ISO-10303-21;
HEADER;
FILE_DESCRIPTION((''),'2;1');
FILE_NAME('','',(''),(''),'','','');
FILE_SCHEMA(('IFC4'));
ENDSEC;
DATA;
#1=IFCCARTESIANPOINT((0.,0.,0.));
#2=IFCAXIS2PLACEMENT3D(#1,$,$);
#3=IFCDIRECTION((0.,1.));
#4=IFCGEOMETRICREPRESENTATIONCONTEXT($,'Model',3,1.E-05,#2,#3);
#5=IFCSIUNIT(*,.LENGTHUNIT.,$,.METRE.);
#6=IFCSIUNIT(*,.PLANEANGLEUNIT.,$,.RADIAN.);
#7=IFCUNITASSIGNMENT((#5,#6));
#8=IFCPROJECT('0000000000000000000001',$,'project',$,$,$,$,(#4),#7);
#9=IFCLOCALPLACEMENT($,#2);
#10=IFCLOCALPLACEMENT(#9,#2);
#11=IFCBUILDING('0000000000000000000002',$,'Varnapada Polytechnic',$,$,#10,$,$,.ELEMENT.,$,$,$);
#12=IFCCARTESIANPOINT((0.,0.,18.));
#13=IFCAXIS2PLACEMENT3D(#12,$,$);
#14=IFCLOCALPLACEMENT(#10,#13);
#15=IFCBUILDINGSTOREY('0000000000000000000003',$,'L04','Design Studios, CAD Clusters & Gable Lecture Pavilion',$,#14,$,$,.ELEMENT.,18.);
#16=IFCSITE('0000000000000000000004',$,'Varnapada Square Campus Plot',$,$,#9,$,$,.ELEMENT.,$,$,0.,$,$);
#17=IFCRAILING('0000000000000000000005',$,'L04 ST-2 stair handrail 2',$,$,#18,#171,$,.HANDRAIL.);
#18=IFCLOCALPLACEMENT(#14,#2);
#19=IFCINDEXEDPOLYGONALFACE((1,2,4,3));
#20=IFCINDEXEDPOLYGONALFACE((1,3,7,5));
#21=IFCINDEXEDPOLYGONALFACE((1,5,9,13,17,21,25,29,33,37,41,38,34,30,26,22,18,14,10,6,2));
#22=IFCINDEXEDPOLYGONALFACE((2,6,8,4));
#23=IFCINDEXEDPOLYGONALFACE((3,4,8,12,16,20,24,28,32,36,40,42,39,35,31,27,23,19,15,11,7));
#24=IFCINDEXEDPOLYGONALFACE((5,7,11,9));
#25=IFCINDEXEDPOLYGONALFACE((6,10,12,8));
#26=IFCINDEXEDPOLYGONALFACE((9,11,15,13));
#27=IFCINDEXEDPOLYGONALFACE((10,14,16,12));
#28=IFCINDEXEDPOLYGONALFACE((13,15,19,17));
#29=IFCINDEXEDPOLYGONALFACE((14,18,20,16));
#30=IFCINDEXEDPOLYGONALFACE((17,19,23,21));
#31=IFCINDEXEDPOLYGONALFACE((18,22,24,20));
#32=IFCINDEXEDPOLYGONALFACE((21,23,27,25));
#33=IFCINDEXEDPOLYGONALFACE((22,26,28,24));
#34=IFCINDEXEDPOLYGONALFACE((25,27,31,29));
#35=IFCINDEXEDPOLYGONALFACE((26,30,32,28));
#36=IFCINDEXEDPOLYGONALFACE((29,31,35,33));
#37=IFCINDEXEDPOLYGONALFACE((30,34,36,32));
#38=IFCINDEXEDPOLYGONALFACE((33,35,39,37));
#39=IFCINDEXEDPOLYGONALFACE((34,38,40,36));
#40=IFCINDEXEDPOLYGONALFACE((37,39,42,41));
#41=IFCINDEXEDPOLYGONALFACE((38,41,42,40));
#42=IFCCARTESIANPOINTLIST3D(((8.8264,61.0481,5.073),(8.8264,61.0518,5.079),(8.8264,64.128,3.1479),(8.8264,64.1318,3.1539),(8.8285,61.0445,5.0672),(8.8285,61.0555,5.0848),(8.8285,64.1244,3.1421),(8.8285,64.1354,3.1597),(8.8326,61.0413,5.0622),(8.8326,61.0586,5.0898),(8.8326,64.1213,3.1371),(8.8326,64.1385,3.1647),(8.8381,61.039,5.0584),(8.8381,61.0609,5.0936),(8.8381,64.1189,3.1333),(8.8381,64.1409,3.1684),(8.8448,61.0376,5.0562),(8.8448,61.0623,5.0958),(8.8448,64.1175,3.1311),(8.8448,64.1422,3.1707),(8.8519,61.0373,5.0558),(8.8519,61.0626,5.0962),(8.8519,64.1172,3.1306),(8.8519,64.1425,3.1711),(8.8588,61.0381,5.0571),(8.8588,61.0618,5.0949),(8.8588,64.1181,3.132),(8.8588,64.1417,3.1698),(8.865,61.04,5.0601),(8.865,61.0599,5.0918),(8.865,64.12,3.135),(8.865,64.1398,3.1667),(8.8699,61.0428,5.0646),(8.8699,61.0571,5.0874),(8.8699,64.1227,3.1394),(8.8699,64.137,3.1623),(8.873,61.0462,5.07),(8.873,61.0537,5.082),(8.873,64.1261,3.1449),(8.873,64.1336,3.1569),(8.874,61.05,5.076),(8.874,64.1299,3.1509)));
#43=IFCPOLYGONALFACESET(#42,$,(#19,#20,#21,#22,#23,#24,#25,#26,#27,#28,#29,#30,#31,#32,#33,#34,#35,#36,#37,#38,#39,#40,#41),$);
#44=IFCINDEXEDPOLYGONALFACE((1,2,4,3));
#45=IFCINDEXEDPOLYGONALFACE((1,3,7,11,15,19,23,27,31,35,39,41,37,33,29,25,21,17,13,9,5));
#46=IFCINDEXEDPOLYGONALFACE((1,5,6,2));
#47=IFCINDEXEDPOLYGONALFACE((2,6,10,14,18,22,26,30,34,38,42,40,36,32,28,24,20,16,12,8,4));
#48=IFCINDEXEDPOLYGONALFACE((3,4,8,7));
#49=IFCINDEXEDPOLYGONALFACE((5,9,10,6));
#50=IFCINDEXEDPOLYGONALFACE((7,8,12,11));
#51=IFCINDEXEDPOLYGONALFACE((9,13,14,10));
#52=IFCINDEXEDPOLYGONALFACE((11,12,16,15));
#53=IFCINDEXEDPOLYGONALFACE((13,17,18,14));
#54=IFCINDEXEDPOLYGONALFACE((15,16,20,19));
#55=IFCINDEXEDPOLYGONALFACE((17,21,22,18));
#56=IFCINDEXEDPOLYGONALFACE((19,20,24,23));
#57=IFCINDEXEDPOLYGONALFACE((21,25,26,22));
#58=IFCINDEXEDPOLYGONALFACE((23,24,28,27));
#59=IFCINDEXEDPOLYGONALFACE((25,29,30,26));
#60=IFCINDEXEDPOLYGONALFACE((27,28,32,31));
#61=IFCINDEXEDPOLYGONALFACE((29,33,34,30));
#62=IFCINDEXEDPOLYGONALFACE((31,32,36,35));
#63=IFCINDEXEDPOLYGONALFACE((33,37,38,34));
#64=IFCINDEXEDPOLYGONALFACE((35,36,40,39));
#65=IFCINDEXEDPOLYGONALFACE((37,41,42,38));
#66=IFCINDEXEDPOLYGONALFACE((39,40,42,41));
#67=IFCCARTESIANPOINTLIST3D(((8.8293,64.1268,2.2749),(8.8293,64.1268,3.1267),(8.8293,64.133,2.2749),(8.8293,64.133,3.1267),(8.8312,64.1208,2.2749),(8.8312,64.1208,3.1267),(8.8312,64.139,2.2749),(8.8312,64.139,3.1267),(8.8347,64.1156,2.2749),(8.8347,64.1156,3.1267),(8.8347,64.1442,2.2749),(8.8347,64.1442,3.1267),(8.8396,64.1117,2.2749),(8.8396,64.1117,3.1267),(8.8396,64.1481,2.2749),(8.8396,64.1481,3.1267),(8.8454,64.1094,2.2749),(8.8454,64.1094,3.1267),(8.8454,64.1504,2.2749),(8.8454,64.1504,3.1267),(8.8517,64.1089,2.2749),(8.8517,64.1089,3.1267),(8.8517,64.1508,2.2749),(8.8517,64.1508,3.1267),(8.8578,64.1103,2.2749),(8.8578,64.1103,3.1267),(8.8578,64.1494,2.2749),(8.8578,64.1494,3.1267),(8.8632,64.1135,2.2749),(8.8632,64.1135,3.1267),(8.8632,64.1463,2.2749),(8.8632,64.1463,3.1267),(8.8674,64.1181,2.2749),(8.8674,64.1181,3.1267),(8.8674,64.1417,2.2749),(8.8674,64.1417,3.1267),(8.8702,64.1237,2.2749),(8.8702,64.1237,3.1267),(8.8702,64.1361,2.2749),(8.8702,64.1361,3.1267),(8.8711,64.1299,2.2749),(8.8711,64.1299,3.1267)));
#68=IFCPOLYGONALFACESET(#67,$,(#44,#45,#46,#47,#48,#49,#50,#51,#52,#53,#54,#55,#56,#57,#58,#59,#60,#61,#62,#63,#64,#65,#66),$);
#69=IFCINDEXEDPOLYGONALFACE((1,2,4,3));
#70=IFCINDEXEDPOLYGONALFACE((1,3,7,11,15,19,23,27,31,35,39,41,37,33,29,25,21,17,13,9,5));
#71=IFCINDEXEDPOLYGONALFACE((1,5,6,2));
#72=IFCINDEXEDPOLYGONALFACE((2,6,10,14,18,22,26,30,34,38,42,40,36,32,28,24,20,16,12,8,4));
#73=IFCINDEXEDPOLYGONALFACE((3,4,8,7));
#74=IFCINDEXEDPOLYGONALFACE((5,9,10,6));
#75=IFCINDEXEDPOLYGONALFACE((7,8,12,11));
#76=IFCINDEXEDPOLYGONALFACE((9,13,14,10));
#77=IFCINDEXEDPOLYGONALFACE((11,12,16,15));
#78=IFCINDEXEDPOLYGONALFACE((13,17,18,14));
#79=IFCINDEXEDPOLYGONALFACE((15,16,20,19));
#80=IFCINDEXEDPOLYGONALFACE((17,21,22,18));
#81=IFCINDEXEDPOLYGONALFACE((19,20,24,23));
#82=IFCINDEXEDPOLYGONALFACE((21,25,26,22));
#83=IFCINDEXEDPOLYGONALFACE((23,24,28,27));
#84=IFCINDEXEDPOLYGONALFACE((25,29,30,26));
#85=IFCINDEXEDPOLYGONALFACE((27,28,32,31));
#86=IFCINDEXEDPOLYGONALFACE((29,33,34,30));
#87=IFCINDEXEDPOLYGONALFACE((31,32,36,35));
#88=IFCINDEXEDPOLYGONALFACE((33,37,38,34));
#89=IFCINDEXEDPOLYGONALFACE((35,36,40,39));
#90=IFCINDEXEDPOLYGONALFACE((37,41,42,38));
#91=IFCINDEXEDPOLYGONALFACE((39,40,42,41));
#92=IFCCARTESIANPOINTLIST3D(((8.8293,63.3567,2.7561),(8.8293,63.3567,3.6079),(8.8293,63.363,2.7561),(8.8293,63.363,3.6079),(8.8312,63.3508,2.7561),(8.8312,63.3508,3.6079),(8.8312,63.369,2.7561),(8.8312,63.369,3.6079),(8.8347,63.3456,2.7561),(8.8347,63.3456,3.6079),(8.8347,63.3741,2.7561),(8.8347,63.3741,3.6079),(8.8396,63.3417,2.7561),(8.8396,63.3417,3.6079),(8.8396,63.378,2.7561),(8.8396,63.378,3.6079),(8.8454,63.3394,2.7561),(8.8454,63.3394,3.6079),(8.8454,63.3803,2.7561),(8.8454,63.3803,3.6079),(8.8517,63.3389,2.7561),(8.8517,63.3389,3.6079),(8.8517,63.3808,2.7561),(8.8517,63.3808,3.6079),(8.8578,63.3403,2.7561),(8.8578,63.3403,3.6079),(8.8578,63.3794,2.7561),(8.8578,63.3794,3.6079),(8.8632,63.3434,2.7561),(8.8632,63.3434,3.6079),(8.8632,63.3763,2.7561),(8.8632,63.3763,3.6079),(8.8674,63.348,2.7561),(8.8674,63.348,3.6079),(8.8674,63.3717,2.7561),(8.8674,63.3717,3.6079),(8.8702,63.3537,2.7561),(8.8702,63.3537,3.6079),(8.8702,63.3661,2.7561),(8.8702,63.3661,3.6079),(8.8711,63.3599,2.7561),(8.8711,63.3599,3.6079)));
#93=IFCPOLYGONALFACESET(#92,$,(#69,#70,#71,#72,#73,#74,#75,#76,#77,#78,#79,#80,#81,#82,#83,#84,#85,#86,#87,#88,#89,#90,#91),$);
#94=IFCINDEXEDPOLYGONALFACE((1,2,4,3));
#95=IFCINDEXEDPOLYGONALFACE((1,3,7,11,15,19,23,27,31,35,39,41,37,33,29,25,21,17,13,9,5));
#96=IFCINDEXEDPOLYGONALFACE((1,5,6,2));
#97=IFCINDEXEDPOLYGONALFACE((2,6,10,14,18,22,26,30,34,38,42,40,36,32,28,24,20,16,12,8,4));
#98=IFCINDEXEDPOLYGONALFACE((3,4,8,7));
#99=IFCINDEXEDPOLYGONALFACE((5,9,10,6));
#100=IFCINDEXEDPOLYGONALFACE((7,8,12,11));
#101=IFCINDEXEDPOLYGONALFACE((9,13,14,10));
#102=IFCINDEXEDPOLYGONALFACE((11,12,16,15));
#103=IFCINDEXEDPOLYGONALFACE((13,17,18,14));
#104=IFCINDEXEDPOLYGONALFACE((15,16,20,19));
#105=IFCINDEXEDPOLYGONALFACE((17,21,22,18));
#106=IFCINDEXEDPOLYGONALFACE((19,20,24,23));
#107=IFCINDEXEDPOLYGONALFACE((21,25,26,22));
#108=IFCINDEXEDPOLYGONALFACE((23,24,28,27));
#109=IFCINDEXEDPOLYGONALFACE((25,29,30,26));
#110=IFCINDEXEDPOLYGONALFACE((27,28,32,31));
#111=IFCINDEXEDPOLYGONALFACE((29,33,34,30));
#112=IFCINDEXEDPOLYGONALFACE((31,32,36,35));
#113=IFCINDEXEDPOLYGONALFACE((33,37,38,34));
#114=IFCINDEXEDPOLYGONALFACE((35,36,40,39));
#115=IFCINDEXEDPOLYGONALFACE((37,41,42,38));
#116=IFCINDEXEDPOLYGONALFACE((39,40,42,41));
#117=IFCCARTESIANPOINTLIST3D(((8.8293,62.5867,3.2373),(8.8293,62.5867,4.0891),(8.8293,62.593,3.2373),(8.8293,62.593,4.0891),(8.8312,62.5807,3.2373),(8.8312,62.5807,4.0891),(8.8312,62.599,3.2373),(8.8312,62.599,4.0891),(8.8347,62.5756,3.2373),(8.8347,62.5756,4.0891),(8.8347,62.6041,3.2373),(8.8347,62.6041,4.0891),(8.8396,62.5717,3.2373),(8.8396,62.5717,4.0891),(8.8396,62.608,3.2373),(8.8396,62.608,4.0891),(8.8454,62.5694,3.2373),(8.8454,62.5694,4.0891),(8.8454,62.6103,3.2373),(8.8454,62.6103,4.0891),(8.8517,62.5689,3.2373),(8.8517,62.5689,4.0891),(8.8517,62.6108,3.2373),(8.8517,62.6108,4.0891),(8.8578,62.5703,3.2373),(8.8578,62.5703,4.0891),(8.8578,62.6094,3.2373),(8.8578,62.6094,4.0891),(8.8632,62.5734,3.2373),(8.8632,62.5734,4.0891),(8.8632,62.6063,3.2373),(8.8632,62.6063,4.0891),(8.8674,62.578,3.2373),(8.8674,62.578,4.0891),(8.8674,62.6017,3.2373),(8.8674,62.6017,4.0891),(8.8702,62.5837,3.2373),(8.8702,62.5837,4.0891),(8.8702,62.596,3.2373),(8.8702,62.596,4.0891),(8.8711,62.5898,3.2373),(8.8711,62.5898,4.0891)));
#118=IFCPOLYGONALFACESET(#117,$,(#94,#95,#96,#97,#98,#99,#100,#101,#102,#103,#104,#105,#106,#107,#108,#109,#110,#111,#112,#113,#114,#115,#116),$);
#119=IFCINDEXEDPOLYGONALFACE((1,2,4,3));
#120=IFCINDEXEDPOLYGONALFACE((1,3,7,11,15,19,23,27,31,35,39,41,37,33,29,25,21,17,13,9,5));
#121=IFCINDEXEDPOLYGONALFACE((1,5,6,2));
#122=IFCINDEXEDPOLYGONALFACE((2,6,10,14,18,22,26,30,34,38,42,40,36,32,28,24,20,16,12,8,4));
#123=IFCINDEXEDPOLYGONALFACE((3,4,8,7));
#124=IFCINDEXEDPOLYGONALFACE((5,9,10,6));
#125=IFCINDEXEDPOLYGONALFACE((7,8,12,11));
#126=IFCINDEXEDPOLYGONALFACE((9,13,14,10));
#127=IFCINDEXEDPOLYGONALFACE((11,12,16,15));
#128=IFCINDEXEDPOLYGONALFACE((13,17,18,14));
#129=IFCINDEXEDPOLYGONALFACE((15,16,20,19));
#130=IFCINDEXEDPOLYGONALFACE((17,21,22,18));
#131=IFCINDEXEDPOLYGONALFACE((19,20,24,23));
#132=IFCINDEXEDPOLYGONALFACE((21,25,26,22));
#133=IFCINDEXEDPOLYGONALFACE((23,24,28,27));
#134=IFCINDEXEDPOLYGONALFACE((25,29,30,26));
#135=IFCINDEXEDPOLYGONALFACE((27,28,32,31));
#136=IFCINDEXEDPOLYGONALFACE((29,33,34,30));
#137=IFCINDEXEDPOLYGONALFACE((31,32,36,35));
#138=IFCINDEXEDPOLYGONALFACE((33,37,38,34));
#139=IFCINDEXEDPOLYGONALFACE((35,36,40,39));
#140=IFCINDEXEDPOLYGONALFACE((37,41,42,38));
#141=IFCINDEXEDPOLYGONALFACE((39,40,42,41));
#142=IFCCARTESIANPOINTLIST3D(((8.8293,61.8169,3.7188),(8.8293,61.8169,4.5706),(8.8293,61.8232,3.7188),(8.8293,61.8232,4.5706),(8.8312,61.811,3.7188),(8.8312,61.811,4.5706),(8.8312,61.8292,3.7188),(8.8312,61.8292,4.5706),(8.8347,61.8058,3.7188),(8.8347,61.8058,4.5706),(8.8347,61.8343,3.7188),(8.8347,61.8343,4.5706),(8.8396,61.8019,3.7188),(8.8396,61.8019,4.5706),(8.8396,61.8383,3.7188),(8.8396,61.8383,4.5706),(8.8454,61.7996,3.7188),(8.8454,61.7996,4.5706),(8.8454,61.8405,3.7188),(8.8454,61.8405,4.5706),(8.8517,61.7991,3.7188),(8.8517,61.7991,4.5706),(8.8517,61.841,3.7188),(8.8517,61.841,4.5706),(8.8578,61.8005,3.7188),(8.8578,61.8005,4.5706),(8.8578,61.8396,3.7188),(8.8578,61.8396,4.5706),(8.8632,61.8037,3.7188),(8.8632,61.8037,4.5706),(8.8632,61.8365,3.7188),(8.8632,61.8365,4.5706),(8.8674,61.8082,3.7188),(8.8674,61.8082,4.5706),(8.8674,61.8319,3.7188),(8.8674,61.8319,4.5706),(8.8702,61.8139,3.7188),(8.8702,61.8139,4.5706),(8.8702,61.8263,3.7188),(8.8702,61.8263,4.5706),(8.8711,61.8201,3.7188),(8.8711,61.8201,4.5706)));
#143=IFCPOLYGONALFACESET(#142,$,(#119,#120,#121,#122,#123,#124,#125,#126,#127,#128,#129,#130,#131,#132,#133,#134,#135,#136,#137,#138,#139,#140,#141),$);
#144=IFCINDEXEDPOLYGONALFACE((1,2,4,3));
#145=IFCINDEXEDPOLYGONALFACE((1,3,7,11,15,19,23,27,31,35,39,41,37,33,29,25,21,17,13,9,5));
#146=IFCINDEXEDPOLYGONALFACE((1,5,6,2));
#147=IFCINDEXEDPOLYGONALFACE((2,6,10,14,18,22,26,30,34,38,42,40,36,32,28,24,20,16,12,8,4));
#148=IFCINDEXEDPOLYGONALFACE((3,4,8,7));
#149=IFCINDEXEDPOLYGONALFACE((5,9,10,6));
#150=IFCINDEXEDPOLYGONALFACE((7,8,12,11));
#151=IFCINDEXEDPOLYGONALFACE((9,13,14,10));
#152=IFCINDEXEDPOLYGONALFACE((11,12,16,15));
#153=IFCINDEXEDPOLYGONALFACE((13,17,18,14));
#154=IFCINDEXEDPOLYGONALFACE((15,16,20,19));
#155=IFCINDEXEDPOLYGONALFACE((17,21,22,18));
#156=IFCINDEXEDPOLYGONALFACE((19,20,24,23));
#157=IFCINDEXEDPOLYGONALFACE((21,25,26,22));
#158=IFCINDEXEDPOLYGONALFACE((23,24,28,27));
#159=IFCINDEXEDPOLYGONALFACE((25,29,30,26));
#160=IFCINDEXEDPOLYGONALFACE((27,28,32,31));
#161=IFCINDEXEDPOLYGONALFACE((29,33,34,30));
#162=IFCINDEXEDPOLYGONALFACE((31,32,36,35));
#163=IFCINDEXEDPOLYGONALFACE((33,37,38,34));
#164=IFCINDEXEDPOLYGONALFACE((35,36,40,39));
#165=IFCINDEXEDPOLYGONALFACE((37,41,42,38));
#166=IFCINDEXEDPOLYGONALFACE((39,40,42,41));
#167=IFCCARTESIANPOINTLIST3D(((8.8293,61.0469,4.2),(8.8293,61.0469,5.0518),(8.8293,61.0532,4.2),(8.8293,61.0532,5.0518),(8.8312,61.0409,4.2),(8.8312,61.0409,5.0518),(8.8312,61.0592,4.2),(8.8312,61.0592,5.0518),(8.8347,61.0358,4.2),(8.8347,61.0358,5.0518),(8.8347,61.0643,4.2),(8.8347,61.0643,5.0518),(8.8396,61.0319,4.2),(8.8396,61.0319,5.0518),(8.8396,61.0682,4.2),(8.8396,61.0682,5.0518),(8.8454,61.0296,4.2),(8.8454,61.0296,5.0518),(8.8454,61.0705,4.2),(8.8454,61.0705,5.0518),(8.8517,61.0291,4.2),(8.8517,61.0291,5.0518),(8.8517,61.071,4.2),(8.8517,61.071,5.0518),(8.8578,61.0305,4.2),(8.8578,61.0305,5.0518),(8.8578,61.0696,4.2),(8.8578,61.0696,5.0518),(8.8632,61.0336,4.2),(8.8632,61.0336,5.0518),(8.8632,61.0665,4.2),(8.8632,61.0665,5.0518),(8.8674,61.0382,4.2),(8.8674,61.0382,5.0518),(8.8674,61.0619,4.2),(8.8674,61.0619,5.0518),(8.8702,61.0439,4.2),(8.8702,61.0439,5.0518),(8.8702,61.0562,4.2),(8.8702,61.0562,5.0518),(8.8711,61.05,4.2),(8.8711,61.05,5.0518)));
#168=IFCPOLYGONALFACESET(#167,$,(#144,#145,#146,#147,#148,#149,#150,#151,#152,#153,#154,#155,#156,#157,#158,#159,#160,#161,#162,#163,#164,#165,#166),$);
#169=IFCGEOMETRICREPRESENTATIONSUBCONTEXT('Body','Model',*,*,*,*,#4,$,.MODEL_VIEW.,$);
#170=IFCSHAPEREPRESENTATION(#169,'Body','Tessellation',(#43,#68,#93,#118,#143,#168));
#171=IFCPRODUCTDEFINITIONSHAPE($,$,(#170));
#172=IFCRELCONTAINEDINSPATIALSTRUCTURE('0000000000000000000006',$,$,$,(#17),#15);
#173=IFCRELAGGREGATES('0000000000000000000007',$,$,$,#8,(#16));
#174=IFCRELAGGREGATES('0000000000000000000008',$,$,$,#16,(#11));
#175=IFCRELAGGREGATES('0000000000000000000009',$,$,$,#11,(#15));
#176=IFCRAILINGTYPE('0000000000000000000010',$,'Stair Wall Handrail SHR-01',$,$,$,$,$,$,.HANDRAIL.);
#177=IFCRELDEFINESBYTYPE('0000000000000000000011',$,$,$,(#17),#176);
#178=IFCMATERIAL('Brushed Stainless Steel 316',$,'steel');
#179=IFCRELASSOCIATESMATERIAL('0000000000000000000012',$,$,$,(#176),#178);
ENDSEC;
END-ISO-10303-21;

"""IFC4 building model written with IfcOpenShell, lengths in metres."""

from ifc_helpers import new_model, si_unit, direction, frame, origin, origin_2d, place, context, subcontext, project, spatial, circle, extrude, material, type_object, element, save


model = new_model("IFC4")

# Units and contexts
model_context = context("Model", 3, precision=1e-05, world=origin(), true_north=direction((0.0, 1.0)))
body_context = subcontext(model_context, "Body", "Model", "MODEL_VIEW")
ifc_project = project(units=[si_unit("LENGTHUNIT", "METRE"), si_unit("PLANEANGLEUNIT", "RADIAN")], contexts=[model_context])

# Site, building, storey
site_placement = place(None, origin())
site = spatial("IfcSite", under=ifc_project, at=site_placement, Name="Varnapada Square Campus Plot", CompositionType="ELEMENT", RefElevation=0.0)
building_placement = place(site_placement, origin())
building = spatial("IfcBuilding", under=site, at=building_placement, Name="Varnapada Polytechnic", CompositionType="ELEMENT")
storey_placement = place(building_placement, frame((0.0, 0.0, 18.0)))
storey = spatial("IfcBuildingStorey", under=building, at=storey_placement, Name="L04", Description="Design Studios, CAD Clusters & Gable Lecture Pavilion", CompositionType="ELEMENT", Elevation=18.0)

# Shared definitions
ifc_material_1 = material(Name="Brushed Stainless Steel 316", Category="steel")

# Railing
railing_type_1 = type_object("IfcRailingType", Name="Stair Wall Handrail SHR-01", PredefinedType="HANDRAIL", material=ifc_material_1)
railing_1_placement = place(storey_placement, frame((8.8501, 64.1299, 2.2749)))
element("IfcRailing", 1, at=railing_1_placement, inside=storey, type_object=railing_type_1, Name="L04 ST-2 stair handrail 2", PredefinedType="HANDRAIL", context=body_context, shape_type="SweptSolid", body=[
    extrude(circle(Radius=0.0239, at=origin_2d()), frame((0.0, 0.0, 0.876), z_axis=(0.0, -0.847979, 0.530029), x_axis=(1.0, 0.0, 0.0)), (0.0, 0.0, 1.0), 3.6321),
    extrude(circle(Radius=0.021, at=origin_2d()), origin(), (0.0, 0.0, 1.0), 0.8518),
    extrude(circle(Radius=0.021, at=origin_2d()), frame((0.0, -0.77, 0.4812)), (0.0, 0.0, 1.0), 0.8518),
    extrude(circle(Radius=0.021, at=origin_2d()), frame((0.0, -1.54, 0.9624)), (0.0, 0.0, 1.0), 0.8518),
    extrude(circle(Radius=0.021, at=origin_2d()), frame((0.0, -2.3098, 1.4438)), (0.0, 0.0, 1.0), 0.8518),
    extrude(circle(Radius=0.021, at=origin_2d()), frame((0.0, -3.0798, 1.925)), (0.0, 0.0, 1.0), 0.8518),
])

save(model, "model.ifc")
